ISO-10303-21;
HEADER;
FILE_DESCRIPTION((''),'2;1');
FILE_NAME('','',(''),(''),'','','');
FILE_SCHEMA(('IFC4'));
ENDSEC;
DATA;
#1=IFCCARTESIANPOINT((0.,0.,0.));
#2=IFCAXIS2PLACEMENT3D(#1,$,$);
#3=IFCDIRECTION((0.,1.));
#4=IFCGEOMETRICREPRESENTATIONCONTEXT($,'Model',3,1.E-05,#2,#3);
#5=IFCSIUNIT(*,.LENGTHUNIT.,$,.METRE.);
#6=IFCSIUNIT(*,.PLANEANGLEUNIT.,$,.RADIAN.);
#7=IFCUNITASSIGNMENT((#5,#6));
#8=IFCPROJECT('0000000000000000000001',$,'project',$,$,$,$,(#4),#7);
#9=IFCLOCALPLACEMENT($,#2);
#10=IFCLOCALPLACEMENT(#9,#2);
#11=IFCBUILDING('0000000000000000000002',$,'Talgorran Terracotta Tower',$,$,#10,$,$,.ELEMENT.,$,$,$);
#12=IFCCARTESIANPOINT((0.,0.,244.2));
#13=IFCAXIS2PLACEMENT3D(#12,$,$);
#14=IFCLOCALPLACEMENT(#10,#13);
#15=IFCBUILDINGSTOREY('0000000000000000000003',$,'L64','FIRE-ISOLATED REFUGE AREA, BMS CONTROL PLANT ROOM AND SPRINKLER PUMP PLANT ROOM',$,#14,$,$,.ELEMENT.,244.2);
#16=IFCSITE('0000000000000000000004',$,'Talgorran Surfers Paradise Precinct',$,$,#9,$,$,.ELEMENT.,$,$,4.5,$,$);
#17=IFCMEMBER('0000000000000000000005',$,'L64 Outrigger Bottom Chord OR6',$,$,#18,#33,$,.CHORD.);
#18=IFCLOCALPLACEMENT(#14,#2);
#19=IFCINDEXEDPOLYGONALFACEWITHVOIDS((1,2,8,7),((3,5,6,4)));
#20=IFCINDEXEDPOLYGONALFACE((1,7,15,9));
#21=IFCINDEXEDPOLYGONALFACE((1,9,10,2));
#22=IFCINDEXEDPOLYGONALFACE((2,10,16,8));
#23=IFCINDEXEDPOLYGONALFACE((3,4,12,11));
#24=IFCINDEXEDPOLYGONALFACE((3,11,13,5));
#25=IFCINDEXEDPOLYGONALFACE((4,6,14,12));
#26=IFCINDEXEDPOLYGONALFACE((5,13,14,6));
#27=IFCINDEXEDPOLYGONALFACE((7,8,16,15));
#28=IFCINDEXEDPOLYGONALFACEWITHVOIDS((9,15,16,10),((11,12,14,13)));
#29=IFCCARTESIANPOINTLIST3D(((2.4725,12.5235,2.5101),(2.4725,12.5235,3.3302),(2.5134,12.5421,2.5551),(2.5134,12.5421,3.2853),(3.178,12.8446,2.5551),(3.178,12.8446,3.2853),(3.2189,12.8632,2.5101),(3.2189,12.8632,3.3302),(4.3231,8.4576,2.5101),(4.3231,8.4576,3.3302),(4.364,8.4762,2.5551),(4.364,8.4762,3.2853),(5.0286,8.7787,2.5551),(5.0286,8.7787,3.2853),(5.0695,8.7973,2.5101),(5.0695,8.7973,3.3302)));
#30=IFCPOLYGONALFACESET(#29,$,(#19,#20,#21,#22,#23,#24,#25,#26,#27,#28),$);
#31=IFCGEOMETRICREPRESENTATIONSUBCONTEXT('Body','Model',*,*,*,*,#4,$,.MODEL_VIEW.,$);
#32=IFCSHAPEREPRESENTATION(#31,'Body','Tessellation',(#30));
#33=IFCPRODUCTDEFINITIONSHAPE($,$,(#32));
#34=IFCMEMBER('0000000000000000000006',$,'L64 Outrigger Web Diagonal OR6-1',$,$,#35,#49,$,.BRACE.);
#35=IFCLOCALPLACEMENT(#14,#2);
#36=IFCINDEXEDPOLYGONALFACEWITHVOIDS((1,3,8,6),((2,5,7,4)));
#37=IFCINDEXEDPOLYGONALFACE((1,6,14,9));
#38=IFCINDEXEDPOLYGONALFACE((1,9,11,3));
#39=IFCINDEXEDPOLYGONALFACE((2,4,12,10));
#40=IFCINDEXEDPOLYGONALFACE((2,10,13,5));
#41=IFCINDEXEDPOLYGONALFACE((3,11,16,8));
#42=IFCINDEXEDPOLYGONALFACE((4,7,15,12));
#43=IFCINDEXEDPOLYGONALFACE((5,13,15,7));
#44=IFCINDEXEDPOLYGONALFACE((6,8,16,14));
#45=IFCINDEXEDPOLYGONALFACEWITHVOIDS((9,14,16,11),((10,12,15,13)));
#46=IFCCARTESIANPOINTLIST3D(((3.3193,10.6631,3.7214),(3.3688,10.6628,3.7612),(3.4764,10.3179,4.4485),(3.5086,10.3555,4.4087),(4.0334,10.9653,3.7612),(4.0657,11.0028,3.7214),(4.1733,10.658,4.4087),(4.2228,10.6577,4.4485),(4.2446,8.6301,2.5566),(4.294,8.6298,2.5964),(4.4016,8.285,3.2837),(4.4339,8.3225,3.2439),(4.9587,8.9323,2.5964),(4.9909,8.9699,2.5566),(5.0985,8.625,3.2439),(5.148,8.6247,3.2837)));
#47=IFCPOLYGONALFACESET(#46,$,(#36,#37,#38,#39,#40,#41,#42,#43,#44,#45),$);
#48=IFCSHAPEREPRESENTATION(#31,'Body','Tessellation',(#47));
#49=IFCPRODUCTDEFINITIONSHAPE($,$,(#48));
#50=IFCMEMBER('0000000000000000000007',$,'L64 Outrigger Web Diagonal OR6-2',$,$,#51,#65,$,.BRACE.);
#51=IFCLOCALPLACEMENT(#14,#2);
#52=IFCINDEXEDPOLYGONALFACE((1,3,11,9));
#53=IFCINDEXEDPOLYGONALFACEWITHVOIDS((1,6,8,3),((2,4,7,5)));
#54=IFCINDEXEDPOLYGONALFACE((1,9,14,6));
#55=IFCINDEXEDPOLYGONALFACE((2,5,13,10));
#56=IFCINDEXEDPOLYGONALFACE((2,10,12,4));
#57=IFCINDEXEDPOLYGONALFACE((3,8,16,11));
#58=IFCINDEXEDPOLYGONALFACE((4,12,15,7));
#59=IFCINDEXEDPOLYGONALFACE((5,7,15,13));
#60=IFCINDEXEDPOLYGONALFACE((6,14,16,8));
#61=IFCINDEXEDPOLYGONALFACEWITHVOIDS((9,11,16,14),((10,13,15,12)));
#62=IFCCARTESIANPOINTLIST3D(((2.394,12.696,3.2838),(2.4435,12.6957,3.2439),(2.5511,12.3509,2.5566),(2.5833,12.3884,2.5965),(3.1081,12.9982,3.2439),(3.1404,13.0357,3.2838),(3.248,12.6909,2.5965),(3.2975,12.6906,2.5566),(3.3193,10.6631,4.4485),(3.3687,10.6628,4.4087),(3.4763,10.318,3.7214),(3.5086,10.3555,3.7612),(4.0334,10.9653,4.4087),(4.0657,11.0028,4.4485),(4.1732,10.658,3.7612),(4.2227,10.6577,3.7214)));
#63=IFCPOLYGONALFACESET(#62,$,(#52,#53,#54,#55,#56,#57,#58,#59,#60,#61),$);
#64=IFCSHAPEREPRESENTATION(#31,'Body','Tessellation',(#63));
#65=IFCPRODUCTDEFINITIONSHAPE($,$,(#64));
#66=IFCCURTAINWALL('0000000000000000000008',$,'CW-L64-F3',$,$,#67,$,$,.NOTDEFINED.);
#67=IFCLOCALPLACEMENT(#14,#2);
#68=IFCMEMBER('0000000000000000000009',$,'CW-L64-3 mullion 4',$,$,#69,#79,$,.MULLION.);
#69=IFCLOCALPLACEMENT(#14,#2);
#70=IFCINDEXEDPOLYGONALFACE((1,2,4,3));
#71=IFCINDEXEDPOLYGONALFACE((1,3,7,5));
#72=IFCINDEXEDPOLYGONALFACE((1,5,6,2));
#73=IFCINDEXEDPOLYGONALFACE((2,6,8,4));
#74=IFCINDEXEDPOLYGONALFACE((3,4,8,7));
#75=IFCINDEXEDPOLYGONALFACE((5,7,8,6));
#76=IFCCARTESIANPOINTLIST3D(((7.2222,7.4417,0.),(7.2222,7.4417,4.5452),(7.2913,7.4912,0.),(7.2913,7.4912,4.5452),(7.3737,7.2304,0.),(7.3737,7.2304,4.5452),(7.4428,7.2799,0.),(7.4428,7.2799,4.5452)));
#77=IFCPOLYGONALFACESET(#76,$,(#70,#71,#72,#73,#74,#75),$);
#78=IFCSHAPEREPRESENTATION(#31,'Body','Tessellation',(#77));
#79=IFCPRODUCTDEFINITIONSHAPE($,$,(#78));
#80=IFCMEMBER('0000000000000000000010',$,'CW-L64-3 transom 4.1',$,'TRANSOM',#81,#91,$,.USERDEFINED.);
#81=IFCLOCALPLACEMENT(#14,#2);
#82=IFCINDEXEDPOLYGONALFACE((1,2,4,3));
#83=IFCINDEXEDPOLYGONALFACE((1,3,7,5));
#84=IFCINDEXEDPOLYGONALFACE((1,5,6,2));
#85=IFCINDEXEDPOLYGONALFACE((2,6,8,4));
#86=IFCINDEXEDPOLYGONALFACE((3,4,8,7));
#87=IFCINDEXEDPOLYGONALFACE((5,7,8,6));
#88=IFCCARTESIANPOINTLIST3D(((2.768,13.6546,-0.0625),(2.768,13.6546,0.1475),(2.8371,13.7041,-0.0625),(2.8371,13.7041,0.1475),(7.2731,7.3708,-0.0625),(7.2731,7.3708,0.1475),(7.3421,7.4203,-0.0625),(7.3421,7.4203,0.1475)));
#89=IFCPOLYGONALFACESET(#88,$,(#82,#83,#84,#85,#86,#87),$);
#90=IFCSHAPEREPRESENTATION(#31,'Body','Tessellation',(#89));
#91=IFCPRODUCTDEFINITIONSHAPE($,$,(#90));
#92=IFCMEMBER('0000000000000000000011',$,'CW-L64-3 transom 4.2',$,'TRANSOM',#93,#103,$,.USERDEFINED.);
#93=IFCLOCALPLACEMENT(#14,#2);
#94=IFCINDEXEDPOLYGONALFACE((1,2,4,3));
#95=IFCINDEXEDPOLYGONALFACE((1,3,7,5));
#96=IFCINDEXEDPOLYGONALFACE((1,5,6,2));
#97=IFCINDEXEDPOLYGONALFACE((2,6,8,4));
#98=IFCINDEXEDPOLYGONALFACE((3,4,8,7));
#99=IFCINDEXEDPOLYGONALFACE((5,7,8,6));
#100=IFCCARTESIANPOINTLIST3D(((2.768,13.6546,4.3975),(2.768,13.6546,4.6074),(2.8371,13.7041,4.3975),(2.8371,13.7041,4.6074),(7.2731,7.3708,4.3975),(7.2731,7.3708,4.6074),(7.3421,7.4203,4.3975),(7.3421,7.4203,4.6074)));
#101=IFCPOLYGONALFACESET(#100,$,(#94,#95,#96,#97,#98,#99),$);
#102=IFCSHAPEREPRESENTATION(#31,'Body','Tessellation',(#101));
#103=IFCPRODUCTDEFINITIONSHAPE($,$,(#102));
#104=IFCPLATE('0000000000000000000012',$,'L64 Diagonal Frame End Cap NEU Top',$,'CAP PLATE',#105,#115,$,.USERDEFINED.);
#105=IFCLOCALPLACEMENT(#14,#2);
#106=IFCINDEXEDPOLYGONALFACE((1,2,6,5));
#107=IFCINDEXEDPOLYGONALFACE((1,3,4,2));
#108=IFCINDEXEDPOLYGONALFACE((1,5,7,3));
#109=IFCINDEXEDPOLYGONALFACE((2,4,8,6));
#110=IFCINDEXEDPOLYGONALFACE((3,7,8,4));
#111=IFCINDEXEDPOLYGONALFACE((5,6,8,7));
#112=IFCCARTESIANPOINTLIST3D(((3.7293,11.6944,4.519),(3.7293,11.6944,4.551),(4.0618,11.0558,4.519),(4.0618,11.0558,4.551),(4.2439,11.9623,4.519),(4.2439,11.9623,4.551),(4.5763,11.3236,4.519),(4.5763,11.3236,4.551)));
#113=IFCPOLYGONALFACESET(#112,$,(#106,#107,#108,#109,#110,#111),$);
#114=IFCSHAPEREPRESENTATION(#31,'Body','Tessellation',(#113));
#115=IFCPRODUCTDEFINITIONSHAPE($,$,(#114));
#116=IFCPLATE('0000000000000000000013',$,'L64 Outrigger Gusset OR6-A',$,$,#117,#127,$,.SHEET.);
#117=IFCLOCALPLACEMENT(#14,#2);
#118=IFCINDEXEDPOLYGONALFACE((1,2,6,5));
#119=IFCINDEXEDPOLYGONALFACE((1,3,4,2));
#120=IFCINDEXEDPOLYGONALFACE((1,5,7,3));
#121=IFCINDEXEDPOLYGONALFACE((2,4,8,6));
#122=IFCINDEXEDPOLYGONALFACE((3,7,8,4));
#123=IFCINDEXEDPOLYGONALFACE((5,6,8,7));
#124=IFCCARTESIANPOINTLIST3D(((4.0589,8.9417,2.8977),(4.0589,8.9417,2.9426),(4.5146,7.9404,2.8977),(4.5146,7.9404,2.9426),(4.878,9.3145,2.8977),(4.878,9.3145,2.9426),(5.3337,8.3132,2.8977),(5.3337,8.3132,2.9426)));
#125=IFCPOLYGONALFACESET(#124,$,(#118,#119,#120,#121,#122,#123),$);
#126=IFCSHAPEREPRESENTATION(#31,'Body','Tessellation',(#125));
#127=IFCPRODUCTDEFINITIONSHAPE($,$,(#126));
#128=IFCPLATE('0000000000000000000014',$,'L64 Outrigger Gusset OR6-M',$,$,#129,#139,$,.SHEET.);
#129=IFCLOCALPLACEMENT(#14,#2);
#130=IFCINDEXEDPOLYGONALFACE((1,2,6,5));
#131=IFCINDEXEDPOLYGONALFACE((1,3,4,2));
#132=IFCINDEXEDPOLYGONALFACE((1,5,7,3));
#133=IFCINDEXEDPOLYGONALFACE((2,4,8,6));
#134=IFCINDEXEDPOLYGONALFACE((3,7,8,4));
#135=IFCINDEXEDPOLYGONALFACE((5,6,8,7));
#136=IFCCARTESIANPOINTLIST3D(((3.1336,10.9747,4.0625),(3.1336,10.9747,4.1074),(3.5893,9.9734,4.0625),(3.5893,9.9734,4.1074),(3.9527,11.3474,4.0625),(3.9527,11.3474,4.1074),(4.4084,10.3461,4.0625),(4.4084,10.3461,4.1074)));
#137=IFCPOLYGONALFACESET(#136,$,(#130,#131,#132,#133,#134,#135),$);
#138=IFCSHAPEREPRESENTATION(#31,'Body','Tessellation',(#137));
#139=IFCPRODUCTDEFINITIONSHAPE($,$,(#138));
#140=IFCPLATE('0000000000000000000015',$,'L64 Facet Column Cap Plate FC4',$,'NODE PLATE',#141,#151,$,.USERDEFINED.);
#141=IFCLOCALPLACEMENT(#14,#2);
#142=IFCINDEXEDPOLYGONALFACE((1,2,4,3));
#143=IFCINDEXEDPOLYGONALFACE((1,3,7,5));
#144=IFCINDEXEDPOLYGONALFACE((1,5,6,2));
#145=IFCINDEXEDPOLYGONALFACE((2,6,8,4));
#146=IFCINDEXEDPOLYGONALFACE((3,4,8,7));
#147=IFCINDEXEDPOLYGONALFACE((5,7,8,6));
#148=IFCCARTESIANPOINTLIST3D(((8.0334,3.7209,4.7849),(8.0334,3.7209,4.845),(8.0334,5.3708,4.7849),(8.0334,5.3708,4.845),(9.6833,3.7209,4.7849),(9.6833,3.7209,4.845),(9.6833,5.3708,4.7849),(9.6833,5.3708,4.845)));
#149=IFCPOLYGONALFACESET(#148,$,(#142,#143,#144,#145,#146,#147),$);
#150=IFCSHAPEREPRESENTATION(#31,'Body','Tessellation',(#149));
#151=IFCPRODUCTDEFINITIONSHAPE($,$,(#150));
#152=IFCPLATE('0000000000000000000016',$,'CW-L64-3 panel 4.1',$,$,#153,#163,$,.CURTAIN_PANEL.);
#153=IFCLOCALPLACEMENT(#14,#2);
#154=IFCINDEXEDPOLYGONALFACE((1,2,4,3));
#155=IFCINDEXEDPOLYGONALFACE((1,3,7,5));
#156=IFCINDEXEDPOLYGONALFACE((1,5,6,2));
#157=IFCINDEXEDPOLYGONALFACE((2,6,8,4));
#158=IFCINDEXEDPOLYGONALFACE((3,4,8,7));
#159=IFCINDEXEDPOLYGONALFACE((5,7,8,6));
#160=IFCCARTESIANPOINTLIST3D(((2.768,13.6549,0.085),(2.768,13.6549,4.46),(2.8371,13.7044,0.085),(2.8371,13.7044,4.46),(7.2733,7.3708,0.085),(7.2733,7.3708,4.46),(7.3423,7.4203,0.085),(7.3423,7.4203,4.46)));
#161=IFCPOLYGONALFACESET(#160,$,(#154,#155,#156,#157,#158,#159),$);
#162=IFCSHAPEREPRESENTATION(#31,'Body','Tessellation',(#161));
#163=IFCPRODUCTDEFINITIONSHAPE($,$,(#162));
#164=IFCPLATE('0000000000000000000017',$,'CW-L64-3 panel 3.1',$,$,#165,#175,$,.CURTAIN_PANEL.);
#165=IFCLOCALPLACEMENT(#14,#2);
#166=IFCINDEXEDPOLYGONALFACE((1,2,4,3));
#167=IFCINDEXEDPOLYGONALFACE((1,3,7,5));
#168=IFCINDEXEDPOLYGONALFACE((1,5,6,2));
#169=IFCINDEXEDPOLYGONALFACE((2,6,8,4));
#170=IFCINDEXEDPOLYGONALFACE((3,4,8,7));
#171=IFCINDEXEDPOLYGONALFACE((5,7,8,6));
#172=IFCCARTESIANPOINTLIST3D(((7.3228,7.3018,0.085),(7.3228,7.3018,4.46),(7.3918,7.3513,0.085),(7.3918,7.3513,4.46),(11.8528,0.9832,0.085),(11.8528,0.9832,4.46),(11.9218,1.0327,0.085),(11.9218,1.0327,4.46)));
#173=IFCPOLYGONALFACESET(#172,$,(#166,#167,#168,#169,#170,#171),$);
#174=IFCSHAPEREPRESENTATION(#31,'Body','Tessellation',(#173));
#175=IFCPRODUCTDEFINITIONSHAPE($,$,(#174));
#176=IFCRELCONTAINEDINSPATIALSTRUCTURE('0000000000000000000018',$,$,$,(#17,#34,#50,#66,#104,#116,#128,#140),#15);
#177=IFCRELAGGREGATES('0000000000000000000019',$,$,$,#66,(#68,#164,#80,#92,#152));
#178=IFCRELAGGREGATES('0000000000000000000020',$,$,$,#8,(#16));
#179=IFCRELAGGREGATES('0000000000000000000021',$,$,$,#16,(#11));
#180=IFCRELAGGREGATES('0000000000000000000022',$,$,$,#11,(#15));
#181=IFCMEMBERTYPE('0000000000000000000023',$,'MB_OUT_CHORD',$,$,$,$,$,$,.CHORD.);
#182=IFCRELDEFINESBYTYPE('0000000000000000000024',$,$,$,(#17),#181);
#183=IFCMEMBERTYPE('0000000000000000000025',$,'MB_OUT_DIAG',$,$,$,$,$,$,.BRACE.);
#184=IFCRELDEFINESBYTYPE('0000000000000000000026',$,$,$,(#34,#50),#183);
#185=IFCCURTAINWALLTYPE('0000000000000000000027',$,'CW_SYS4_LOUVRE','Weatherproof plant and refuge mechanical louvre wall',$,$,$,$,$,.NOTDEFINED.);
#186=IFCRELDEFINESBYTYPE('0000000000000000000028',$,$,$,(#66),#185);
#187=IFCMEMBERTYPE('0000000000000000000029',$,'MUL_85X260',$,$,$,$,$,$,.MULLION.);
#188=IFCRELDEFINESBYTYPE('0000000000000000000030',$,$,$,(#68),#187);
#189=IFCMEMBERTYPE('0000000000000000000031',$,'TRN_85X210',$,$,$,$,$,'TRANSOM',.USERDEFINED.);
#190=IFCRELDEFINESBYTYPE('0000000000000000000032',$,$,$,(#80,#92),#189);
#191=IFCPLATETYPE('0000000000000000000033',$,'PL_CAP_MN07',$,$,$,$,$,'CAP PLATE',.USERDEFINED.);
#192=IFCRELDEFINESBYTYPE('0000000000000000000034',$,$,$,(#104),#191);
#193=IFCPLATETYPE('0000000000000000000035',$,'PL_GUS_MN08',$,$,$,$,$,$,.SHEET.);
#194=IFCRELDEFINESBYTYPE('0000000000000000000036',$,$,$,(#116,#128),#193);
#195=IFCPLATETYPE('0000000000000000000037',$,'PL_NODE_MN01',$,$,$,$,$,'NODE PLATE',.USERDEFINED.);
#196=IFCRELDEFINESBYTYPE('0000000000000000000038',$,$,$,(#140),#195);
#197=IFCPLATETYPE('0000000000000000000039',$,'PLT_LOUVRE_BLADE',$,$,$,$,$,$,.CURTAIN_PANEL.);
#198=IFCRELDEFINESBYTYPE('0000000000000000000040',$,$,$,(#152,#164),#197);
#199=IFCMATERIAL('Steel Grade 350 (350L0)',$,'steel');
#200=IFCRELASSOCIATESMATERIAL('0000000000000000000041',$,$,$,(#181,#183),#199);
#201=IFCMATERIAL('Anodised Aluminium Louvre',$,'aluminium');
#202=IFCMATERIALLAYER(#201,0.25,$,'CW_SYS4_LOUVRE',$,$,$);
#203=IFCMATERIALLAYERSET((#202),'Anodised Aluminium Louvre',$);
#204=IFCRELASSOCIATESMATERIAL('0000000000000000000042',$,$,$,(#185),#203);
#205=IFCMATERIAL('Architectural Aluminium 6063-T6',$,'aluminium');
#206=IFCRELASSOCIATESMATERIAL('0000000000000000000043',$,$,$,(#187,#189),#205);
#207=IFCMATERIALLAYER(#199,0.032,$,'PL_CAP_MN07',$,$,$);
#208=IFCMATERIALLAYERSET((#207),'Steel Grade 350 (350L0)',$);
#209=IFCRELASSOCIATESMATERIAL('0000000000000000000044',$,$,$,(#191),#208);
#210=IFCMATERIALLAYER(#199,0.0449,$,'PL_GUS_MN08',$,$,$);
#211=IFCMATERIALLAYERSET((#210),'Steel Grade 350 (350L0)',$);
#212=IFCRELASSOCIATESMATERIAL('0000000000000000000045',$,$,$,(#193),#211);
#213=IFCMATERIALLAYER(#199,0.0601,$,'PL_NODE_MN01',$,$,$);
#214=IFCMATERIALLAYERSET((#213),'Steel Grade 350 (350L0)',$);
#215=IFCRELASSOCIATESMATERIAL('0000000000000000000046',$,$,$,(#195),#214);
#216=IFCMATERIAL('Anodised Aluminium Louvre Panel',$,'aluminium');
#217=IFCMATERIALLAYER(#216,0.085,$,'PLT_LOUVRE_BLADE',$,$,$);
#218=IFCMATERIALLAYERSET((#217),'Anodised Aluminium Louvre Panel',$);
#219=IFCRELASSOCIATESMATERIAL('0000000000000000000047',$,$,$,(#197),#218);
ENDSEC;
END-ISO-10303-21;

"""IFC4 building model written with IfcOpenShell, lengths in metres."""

from ifc_helpers import new_model, si_unit, direction, frame, origin, origin_2d, place, context, subcontext, project, spatial, rectangle, hollow_rectangle, extrude, source, transform, mapped, material, layer, layer_set, material_profile, profile_set, type_object, type_shapes, element, aggregate, save


model = new_model("IFC4")

# Units and contexts
model_context = context("Model", 3, precision=1e-05, world=origin(), true_north=direction((0.0, 1.0)))
body_context = subcontext(model_context, "Body", "Model", "MODEL_VIEW")
ifc_project = project(units=[si_unit("LENGTHUNIT", "METRE"), si_unit("PLANEANGLEUNIT", "RADIAN")], contexts=[model_context])

# Site, building, storey
site_placement = place(None, origin())
site = spatial("IfcSite", under=ifc_project, at=site_placement, Name="Talgorran Surfers Paradise Precinct", CompositionType="ELEMENT", RefElevation=4.5)
building_placement = place(site_placement, origin())
building = spatial("IfcBuilding", under=site, at=building_placement, Name="Talgorran Terracotta Tower", CompositionType="ELEMENT")
storey_placement = place(building_placement, frame((0.0, 0.0, 244.2)))
storey = spatial("IfcBuildingStorey", under=building, at=storey_placement, Name="L64", Description="FIRE-ISOLATED REFUGE AREA, BMS CONTROL PLANT ROOM AND SPRINKLER PUMP PLANT ROOM", CompositionType="ELEMENT", Elevation=244.2)

# Shared definitions
ifc_material_1 = material(Name="Steel Grade 350 (350L0)", Category="steel")

# Members
ifc_material_profile_1 = material_profile(ifc_material_1, hollow_rectangle(XDim=0.8201, YDim=0.8201, WallThickness=0.0449, at=origin_2d()), Name="WBOX820X820X45")
ifc_profile_set_1 = profile_set([ifc_material_profile_1], Name="Steel Grade 350 (350L0)")
member_type_1 = type_object("IfcMemberType", Name="MB_OUT_CHORD", PredefinedType="CHORD", material=ifc_profile_set_1)
member_1_placement = place(storey_placement, frame((4.6963, 8.6274, 2.9202), z_axis=(-0.414256, 0.91016, 0.0), x_axis=(-0.91016, -0.414256, 0.0)))
element("IfcMember", 1, at=member_1_placement, inside=storey, type_object=member_type_1, Name="L64 Outrigger Bottom Chord OR6", PredefinedType="CHORD", context=body_context, shape_type="SweptSolid", body=[
    extrude(hollow_rectangle(XDim=0.8201, YDim=0.8201, WallThickness=0.0449, at=origin_2d()), origin(), (0.0, 0.0, 1.0), 4.4673),
])
ifc_material_profile_2 = material_profile(ifc_material_1, hollow_rectangle(XDim=0.8201, YDim=0.8201, WallThickness=0.0449, at=origin_2d()), Name="WBOX820X820X45")
ifc_profile_set_2 = profile_set([ifc_material_profile_2], Name="Steel Grade 350 (350L0)")
member_type_2 = type_object("IfcMemberType", Name="MB_OUT_DIAG", PredefinedType="BRACE", material=ifc_profile_set_2)
for number, where, z_axis, x_axis, name in (
    (2, (4.6963, 8.6274, 2.9202), (-0.367312, 0.80702, 0.462386), (-0.91016, -0.414256, 0.0), "L64 Outrigger Web Diagonal OR6-1"),
    (3, (3.771, 10.6604, 4.085), (-0.367312, 0.80702, -0.462386), (-0.91016, -0.414256, 0.0), "L64 Outrigger Web Diagonal OR6-2"),
):
    element("IfcMember", number, at=place(storey_placement, frame(where, z_axis=z_axis, x_axis=x_axis)), inside=storey, type_object=member_type_2, Name=name, PredefinedType="BRACE", context=body_context, shape_type="SweptSolid", body=[
        extrude(hollow_rectangle(XDim=0.8201, YDim=0.8201, WallThickness=0.0449, at=origin_2d()), origin(), (0.0, 0.0, 1.0), 2.519),
    ])

# Curtain wall, members
ifc_material_2 = material(Name="Anodised Aluminium Louvre", Category="aluminium")
ifc_layer_1 = layer(ifc_material_2, 0.25, Name="CW_SYS4_LOUVRE")
ifc_layer_set_1 = layer_set([ifc_layer_1], Name="Anodised Aluminium Louvre")
curtain_wall_type = type_object("IfcCurtainWallType", Name="CW_SYS4_LOUVRE", Description="Weatherproof plant and refuge mechanical louvre wall", PredefinedType="NOTDEFINED", material=ifc_layer_set_1)
curtain_wall_placement = place(storey_placement, origin())
curtain_wall = element("IfcCurtainWall", 4, at=curtain_wall_placement, inside=storey, type_object=curtain_wall_type, Name="CW-L64-F3", PredefinedType="NOTDEFINED")
ifc_material_3 = material(Name="Architectural Aluminium 6063-T6", Category="aluminium")
ifc_material_profile_3 = material_profile(ifc_material_3, rectangle(XDim=0.085, YDim=0.26, at=origin_2d()), Name="CWM85X260")
ifc_profile_set_3 = profile_set([ifc_material_profile_3], Name="Architectural Aluminium 6063-T6")
member_type_3 = type_object("IfcMemberType", Name="MUL_85X260", PredefinedType="MULLION", material=ifc_profile_set_3)
member_2_placement = place(storey_placement, frame((7.3325, 7.3608, 0.0), z_axis=(0.0, 0.0, 1.0), x_axis=(-0.812713, -0.582665, 0.0)))
member_2 = element("IfcMember", 5, at=member_2_placement, type_object=member_type_3, Name="CW-L64-3 mullion 4", PredefinedType="MULLION", context=body_context, shape_type="SweptSolid", body=[
    extrude(rectangle(XDim=0.085, YDim=0.26, at=origin_2d()), origin(), (0.0, 0.0, 1.0), 4.5452),
])
ifc_material_profile_4 = material_profile(ifc_material_3, rectangle(XDim=0.085, YDim=0.21, at=origin_2d()), Name="CWT85X210")
ifc_profile_set_4 = profile_set([ifc_material_profile_4], Name="Architectural Aluminium 6063-T6")
member_type_4 = type_object("IfcMemberType", Name="TRN_85X210", ElementType="TRANSOM", PredefinedType="USERDEFINED", material=ifc_profile_set_4)
member_3_placement = place(storey_placement, frame((7.3076, 7.3955, 0.0425), z_axis=(-0.582659, 0.812717, 0.0), x_axis=(-0.812717, -0.582659, 0.0)))
member_3 = element("IfcMember", 6, at=member_3_placement, type_object=member_type_4, Name="CW-L64-3 transom 4.1", ObjectType="TRANSOM", PredefinedType="USERDEFINED", context=body_context, shape_type="SweptSolid", body=[
    extrude(rectangle(XDim=0.085, YDim=0.21, at=origin_2d()), origin(), (0.0, 0.0, 1.0), 7.7319),
])
member_4_placement = place(storey_placement, frame((7.3076, 7.3955, 4.5024), z_axis=(-0.582659, 0.812717, 0.0), x_axis=(-0.812717, -0.582659, 0.0)))
member_4 = element("IfcMember", 7, at=member_4_placement, type_object=member_type_4, Name="CW-L64-3 transom 4.2", ObjectType="TRANSOM", PredefinedType="USERDEFINED", context=body_context, shape_type="SweptSolid", body=[
    extrude(rectangle(XDim=0.085, YDim=0.21, at=origin_2d()), origin(), (0.0, 0.0, 1.0), 7.7319),
])

# Plates
ifc_layer_2 = layer(ifc_material_1, 0.032, Name="PL_CAP_MN07")
ifc_layer_set_2 = layer_set([ifc_layer_2], Name="Steel Grade 350 (350L0)")
plate_type_1 = type_object("IfcPlateType", Name="PL_CAP_MN07", ElementType="CAP PLATE", PredefinedType="USERDEFINED", material=ifc_layer_set_2)
plate_1_placement = place(storey_placement, frame((4.1528, 11.509, 4.519), z_axis=(0.0, 0.0, 1.0), x_axis=(0.461749, -0.887011, 0.0)))
element("IfcPlate", 8, at=plate_1_placement, inside=storey, type_object=plate_type_1, Name="L64 Diagonal Frame End Cap NEU Top", ObjectType="CAP PLATE", PredefinedType="USERDEFINED", context=body_context, shape_type="SweptSolid", body=[
    extrude(rectangle(XDim=0.72, YDim=0.5801, at=origin_2d()), origin(), (0.0, 0.0, 1.0), 0.032),
])
ifc_layer_3 = layer(ifc_material_1, 0.0449, Name="PL_GUS_MN08")
ifc_layer_set_3 = layer_set([ifc_layer_3], Name="Steel Grade 350 (350L0)")
plate_type_2 = type_object("IfcPlateType", Name="PL_GUS_MN08", PredefinedType="SHEET", material=ifc_layer_set_3)
for number, where, z_axis, x_axis, name in (
    (9, (4.6963, 8.6274, 2.8977), (0.0, 0.0, 1.0), (-0.414217, 0.910178, 0.0), "L64 Outrigger Gusset OR6-A"),
    (10, (3.771, 10.6604, 4.0625), (0.0, 0.0, 1.0), (-0.414217, 0.910178, 0.0), "L64 Outrigger Gusset OR6-M"),
):
    element("IfcPlate", number, at=place(storey_placement, frame(where, z_axis=z_axis, x_axis=x_axis)), inside=storey, type_object=plate_type_2, Name=name, PredefinedType="SHEET", context=body_context, shape_type="SweptSolid", body=[
        extrude(rectangle(XDim=1.1001, YDim=0.8999, at=origin_2d()), origin(), (0.0, 0.0, 1.0), 0.0449),
    ])
ifc_layer_4 = layer(ifc_material_1, 0.0601, Name="PL_NODE_MN01")
ifc_layer_set_4 = layer_set([ifc_layer_4], Name="Steel Grade 350 (350L0)")
plate_type_3 = type_object("IfcPlateType", Name="PL_NODE_MN01", ElementType="NODE PLATE", PredefinedType="USERDEFINED", material=ifc_layer_set_4)
plate_2_placement = place(storey_placement, frame((8.8584, 4.5459, 4.7849), z_axis=(0.0, 0.0, 1.0), x_axis=(1.0, 0.0, 0.0)))
element("IfcPlate", 11, at=plate_2_placement, inside=storey, type_object=plate_type_3, Name="L64 Facet Column Cap Plate FC4", ObjectType="NODE PLATE", PredefinedType="USERDEFINED", context=body_context, shape_type="SweptSolid", body=[
    extrude(rectangle(XDim=1.6499, YDim=1.6499, at=origin_2d()), origin(), (0.0, 0.0, 1.0), 0.0601),
])

# Plates
ifc_material_4 = material(Name="Anodised Aluminium Louvre Panel", Category="aluminium")
ifc_layer_5 = layer(ifc_material_4, 0.085, Name="PLT_LOUVRE_BLADE")
ifc_layer_set_5 = layer_set([ifc_layer_5], Name="Anodised Aluminium Louvre Panel")
plate_type_4 = type_object("IfcPlateType", Name="PLT_LOUVRE_BLADE", PredefinedType="CURTAIN_PANEL", material=ifc_layer_set_5)
shared_shape_1 = source(origin(), body_context, "Body", "SweptSolid", [
    extrude(rectangle(XDim=7.7322, YDim=0.085, at=origin_2d()), origin(), (0.0, 0.0, 1.0), 4.375),
])
plate_3_placement = place(storey_placement, frame((5.0552, 10.5376, 0.085), z_axis=(0.0, 0.0, 1.0), x_axis=(-0.582665, 0.812713, 0.0)))
plate_3 = element("IfcPlate", 12, at=plate_3_placement, type_object=plate_type_4, Name="CW-L64-3 panel 4.1", PredefinedType="CURTAIN_PANEL", context=body_context, shape_type="MappedRepresentation", body=[
    mapped(shared_shape_1, transform((0.0, 0.0, 0.0), scale=1.0)),
])
shared_shape_2 = source(origin(), body_context, "Body", "SweptSolid", [
    extrude(rectangle(XDim=7.7747, YDim=0.085, at=origin_2d()), origin(), (0.0, 0.0, 1.0), 4.375),
])
type_shapes(plate_type_4, [shared_shape_1, shared_shape_2])
plate_4_placement = place(storey_placement, frame((9.6223, 4.1672, 0.085), z_axis=(0.0, 0.0, 1.0), x_axis=(-0.582665, 0.812713, 0.0)))
plate_4 = element("IfcPlate", 13, at=plate_4_placement, type_object=plate_type_4, Name="CW-L64-3 panel 3.1", PredefinedType="CURTAIN_PANEL", context=body_context, shape_type="MappedRepresentation", body=[
    mapped(shared_shape_2, transform((0.0, 0.0, 0.0), scale=1.0)),
])
aggregate(curtain_wall, [member_2, plate_4, member_3, member_4, plate_3])

save(model, "model.ifc")
